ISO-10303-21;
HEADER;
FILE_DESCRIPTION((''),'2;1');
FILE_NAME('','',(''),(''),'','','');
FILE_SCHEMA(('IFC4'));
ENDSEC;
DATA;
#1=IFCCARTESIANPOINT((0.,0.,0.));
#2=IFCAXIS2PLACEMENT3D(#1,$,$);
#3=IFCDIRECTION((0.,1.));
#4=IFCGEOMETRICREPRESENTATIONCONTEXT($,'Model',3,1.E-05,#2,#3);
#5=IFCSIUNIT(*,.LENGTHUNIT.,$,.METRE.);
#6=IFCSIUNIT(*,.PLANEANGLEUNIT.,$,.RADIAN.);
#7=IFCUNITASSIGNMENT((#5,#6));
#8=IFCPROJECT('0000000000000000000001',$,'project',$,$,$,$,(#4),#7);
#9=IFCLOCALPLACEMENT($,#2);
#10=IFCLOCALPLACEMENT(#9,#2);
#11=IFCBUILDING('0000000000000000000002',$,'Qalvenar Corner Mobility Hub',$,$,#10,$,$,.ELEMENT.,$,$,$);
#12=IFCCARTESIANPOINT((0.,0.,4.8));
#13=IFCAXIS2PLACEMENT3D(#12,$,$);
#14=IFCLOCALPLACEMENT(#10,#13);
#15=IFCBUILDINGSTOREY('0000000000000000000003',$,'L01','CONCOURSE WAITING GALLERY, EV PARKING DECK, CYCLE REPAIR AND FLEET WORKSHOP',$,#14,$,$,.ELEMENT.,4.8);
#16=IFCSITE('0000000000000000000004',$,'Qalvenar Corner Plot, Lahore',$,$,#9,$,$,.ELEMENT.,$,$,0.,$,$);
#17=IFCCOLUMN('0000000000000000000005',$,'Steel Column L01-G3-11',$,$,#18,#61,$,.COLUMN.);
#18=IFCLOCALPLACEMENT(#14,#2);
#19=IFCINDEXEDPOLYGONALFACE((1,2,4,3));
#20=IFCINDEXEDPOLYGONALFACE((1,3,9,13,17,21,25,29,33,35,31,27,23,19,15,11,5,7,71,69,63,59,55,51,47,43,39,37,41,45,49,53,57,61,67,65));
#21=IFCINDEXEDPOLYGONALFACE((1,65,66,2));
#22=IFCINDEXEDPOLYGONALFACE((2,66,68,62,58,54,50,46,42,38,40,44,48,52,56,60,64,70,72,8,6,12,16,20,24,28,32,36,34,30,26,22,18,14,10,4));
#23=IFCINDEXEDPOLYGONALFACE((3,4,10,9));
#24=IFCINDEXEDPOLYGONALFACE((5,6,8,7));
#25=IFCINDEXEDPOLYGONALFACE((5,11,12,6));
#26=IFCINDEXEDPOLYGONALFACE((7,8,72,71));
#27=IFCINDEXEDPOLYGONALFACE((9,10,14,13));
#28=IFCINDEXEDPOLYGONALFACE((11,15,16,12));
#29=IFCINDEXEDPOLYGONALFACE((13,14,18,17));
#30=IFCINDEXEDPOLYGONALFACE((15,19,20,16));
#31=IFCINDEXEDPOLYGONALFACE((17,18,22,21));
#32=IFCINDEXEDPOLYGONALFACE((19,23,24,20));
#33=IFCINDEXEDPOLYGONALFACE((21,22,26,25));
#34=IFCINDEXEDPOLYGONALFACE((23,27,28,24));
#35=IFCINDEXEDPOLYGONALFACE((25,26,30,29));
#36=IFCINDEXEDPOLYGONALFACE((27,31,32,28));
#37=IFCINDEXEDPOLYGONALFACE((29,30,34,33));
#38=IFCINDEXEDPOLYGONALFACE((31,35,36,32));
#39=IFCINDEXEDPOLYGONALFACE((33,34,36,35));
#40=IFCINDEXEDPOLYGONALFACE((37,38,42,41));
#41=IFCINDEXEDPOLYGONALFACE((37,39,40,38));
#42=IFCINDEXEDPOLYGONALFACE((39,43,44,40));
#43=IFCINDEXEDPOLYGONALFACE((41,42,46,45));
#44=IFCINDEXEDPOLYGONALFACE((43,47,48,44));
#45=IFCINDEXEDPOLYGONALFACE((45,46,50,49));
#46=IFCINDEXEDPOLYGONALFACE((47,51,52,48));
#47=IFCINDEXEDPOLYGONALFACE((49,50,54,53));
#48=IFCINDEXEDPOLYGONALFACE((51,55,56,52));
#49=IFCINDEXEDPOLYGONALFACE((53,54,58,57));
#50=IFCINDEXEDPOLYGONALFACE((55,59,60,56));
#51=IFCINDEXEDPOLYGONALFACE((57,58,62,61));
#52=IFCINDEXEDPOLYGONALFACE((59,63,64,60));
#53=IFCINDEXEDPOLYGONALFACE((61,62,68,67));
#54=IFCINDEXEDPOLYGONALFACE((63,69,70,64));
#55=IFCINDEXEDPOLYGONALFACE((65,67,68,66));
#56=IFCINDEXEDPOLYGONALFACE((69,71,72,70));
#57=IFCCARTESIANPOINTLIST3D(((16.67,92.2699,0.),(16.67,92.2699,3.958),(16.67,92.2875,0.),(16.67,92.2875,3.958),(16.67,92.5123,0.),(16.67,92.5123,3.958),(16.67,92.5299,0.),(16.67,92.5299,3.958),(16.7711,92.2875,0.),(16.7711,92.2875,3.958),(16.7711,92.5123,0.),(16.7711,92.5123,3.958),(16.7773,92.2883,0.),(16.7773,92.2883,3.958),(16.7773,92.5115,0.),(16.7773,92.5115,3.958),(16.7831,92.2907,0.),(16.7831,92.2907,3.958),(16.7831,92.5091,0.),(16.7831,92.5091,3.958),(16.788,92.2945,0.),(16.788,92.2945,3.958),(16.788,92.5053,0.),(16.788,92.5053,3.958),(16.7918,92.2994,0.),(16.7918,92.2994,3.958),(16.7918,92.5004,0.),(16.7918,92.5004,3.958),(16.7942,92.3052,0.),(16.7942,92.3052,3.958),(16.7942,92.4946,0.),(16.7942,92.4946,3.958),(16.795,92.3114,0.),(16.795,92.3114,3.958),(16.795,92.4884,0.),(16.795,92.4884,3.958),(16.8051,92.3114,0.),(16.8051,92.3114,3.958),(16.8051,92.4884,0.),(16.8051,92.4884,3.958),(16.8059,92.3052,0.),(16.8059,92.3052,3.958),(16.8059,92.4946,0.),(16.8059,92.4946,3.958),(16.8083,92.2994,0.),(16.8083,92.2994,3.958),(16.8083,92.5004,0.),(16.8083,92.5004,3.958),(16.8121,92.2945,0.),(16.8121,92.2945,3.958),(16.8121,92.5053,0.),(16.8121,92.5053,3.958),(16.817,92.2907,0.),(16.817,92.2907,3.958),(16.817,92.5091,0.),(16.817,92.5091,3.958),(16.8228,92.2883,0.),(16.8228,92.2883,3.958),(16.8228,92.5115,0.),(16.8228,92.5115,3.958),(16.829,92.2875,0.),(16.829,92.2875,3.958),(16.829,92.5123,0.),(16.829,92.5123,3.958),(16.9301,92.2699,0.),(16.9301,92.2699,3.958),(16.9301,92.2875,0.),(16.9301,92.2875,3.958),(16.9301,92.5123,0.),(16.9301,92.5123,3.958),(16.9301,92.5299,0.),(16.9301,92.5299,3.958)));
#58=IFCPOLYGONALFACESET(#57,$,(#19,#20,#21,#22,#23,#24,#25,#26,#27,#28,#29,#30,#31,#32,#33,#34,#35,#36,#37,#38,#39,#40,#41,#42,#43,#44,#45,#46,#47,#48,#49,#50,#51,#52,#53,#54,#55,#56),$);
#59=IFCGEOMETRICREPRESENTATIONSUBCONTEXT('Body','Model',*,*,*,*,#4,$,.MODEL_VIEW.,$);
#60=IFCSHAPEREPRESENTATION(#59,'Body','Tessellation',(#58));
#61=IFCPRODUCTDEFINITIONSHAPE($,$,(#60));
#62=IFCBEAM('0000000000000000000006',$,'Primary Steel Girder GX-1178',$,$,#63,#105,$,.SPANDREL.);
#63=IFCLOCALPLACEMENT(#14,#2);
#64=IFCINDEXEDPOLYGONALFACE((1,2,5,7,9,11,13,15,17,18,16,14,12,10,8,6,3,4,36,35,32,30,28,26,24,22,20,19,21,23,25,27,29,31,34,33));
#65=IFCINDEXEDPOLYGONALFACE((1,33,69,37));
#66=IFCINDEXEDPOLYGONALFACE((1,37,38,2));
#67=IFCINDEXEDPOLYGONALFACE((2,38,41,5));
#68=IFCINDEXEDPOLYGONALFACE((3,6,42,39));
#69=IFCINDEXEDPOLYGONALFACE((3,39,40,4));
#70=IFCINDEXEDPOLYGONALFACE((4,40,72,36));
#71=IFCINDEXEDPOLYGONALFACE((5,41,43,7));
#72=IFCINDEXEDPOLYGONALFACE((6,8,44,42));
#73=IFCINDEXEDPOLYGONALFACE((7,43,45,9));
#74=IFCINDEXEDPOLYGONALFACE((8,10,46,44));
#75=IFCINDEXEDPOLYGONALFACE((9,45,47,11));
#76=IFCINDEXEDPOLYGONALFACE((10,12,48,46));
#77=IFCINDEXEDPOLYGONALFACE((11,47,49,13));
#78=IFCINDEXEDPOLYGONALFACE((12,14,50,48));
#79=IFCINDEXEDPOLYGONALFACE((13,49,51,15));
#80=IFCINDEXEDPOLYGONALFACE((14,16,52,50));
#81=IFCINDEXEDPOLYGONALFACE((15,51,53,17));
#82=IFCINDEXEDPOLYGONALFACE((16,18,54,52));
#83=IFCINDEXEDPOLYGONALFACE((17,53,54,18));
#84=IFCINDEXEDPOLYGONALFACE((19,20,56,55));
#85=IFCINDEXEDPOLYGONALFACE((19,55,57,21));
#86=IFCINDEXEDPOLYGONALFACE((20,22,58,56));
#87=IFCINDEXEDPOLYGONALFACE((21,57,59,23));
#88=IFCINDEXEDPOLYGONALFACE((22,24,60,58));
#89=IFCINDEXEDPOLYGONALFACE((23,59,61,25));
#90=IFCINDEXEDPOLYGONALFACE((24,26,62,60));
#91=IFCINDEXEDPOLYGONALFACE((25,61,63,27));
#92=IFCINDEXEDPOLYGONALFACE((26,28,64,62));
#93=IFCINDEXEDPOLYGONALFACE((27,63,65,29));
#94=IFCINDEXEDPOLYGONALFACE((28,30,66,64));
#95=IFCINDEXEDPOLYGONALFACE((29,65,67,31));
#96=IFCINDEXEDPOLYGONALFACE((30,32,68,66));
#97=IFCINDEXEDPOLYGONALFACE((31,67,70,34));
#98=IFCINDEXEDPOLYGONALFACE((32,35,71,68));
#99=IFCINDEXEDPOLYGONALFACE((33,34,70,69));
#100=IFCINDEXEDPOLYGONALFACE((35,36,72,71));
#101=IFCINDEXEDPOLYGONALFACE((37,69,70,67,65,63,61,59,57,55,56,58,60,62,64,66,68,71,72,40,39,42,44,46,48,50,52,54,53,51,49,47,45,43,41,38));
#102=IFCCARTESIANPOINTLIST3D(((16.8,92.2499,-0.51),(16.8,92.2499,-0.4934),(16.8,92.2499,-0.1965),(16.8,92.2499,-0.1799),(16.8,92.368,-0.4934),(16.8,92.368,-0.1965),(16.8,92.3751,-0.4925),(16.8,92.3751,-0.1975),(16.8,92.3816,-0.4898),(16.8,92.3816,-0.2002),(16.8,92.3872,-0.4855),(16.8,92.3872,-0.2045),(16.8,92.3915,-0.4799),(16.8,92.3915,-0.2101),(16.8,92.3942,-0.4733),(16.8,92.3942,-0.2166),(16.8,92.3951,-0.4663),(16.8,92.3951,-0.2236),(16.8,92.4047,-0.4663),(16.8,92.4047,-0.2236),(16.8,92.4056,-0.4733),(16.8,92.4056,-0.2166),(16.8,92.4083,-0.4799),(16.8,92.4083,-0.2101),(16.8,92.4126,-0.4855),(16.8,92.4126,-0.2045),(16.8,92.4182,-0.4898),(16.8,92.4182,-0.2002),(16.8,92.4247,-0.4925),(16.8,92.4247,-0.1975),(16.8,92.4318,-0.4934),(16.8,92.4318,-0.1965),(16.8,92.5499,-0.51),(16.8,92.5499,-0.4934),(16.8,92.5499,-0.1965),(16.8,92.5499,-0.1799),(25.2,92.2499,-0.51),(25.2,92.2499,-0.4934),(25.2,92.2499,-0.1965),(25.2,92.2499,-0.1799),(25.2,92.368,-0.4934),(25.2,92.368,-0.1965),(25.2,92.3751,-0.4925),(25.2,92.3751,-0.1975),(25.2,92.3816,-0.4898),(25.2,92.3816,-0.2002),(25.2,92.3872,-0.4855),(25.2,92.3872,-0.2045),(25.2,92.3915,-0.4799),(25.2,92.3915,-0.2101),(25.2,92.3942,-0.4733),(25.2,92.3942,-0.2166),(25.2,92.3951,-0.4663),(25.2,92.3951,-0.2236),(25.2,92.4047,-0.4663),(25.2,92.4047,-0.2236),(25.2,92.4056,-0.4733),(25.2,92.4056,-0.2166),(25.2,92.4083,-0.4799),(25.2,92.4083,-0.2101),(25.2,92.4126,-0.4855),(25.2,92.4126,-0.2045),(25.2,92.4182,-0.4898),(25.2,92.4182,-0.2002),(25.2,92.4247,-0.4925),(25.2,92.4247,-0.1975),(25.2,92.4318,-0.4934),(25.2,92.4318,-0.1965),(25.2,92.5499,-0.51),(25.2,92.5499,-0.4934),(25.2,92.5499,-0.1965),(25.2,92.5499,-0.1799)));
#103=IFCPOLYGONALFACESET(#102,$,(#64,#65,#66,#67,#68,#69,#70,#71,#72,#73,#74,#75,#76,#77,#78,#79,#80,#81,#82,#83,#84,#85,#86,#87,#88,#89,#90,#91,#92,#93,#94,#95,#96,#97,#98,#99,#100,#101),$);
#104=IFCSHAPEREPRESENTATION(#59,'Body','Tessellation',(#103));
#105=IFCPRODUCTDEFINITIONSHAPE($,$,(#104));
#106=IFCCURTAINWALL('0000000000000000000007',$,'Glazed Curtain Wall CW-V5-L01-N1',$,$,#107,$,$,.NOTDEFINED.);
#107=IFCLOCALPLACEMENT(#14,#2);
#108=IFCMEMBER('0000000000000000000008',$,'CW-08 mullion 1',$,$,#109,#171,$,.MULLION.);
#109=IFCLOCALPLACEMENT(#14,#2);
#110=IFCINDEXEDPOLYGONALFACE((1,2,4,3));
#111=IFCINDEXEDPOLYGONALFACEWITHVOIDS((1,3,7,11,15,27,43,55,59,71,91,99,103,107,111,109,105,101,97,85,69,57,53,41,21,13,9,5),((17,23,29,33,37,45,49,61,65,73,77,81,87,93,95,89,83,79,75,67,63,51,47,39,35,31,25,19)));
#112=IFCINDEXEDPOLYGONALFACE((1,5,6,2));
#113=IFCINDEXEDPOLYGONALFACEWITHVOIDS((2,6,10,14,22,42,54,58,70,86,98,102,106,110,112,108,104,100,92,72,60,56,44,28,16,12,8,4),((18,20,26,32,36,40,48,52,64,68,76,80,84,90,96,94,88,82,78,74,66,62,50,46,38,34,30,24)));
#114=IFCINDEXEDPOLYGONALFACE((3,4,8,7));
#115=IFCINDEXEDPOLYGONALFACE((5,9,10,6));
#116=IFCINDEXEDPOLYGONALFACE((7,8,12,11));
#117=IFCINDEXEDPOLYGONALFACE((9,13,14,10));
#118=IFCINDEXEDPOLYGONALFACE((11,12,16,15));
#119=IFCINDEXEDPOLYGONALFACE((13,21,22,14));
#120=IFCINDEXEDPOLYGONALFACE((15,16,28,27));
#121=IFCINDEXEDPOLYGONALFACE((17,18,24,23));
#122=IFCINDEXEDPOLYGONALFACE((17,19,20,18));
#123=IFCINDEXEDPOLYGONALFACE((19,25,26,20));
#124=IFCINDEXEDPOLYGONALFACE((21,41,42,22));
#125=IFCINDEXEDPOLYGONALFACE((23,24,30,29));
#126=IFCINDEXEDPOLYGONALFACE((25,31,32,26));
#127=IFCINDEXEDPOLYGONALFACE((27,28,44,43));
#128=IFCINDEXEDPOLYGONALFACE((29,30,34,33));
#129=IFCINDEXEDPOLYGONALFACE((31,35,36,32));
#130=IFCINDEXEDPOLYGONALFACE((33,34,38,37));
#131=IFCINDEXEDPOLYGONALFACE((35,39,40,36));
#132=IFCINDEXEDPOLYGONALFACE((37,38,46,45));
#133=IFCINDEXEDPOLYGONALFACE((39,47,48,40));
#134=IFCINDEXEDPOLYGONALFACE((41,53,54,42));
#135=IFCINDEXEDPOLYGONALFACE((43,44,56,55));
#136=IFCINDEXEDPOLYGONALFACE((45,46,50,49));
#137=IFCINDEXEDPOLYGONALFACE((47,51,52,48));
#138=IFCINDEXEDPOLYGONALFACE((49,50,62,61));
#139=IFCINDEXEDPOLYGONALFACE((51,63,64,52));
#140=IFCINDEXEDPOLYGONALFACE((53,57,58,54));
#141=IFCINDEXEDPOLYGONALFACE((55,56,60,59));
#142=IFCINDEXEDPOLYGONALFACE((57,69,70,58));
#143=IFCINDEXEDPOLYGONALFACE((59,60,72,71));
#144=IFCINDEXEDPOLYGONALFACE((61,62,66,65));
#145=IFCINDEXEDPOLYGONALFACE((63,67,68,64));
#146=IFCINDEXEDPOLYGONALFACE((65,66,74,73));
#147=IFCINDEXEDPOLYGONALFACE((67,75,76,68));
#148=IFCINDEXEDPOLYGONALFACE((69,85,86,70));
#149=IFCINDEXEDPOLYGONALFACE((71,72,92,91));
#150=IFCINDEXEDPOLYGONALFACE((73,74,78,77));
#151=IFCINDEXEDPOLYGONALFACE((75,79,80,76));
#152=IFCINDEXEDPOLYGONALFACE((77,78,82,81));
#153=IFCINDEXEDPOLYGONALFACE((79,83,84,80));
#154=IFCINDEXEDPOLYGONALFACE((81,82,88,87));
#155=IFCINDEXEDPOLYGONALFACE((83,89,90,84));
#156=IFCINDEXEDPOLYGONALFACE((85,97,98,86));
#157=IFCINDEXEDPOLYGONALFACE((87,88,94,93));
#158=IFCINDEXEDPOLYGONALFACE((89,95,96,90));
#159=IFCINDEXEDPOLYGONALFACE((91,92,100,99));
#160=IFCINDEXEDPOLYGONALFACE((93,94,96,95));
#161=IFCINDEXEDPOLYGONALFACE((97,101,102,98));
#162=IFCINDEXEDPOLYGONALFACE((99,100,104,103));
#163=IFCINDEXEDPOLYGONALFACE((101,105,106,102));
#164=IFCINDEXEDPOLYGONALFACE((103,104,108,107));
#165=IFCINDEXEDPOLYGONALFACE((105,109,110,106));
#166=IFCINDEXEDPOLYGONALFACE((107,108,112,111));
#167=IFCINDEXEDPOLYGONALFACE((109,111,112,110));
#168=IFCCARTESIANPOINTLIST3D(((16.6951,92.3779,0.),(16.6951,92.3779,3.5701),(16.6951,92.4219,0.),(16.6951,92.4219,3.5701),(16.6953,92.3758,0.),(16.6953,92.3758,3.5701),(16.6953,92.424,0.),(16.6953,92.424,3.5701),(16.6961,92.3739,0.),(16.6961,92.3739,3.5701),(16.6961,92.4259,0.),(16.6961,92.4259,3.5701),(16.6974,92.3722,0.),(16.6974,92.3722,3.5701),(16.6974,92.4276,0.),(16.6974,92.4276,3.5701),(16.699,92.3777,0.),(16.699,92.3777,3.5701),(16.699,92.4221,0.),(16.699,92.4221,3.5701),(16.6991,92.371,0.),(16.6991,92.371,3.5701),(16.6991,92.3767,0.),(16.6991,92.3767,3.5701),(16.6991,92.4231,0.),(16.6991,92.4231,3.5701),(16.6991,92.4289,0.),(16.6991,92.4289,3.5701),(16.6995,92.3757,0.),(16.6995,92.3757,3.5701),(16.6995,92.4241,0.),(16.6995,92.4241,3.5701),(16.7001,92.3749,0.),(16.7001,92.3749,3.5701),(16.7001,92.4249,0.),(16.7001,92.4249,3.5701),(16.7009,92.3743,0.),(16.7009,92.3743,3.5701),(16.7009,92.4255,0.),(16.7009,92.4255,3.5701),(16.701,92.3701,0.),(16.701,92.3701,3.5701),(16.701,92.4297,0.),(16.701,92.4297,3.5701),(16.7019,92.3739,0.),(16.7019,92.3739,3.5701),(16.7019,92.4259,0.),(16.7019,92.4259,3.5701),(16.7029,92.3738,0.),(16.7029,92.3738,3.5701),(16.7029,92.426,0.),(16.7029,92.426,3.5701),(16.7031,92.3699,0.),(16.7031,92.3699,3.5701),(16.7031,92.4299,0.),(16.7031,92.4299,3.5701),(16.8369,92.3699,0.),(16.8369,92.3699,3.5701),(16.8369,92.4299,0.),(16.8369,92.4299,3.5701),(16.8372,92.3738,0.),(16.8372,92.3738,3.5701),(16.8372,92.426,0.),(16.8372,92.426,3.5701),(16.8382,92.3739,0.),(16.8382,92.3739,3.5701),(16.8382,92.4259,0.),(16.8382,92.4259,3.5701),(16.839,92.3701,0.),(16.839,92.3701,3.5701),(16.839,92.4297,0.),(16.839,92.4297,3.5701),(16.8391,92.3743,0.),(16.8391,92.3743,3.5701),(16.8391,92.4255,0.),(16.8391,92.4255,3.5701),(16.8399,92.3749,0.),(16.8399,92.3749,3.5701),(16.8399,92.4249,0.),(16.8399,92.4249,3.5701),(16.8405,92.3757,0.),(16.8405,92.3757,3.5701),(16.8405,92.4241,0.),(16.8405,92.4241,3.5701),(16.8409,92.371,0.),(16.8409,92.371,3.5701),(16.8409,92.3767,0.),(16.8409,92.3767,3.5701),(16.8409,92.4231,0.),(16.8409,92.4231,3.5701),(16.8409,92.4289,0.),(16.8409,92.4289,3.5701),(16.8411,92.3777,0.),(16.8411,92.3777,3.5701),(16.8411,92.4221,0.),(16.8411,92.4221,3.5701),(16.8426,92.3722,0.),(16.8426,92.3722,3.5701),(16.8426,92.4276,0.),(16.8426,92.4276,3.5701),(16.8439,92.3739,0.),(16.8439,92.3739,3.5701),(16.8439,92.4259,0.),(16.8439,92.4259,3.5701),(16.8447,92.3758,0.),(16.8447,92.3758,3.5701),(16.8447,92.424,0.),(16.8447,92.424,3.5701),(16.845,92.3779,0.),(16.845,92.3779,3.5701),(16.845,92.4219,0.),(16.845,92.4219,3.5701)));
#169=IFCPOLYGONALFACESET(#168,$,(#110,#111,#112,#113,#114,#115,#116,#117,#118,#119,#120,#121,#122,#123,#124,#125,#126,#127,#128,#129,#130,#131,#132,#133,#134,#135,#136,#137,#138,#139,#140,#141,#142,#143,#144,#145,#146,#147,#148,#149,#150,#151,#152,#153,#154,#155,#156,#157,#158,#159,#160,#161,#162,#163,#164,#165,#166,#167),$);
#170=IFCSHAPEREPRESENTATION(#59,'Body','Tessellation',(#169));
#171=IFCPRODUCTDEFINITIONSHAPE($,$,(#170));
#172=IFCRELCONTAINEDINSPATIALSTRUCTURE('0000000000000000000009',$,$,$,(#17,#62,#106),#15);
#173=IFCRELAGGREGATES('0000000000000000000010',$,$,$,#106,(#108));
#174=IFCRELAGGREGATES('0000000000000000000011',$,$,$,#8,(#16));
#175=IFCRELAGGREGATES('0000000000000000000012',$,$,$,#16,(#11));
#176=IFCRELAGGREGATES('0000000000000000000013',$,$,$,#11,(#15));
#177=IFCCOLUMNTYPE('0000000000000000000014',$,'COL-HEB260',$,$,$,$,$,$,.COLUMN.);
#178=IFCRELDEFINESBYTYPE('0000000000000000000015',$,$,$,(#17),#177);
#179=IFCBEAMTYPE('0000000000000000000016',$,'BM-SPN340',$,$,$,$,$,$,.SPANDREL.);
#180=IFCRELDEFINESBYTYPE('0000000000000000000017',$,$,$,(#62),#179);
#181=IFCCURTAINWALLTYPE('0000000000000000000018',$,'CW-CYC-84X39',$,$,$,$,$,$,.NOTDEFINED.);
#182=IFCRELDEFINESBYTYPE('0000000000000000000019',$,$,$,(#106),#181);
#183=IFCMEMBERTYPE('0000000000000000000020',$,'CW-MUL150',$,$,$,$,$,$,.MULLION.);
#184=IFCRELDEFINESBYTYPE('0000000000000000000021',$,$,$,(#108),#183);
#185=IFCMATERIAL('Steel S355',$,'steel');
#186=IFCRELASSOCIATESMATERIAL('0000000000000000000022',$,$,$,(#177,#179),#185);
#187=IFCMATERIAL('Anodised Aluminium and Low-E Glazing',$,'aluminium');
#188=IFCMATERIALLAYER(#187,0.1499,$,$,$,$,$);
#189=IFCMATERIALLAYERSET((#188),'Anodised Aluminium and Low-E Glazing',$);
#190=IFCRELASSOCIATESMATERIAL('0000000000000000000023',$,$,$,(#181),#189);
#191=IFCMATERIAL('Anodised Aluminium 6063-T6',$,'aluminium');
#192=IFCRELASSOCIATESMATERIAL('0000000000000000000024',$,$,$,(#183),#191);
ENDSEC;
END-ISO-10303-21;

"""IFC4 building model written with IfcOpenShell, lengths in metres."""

from ifc_helpers import new_model, si_unit, direction, frame, origin, origin_2d, place, context, subcontext, project, spatial, hollow_rectangle, i_section, extrude, material, layer, layer_set, material_profile, profile_set, type_object, element, aggregate, save


model = new_model("IFC4")

# Units and contexts
model_context = context("Model", 3, precision=1e-05, world=origin(), true_north=direction((0.0, 1.0)))
body_context = subcontext(model_context, "Body", "Model", "MODEL_VIEW")
ifc_project = project(units=[si_unit("LENGTHUNIT", "METRE"), si_unit("PLANEANGLEUNIT", "RADIAN")], contexts=[model_context])

# Site, building, storey
site_placement = place(None, origin())
site = spatial("IfcSite", under=ifc_project, at=site_placement, Name="Qalvenar Corner Plot, Lahore", CompositionType="ELEMENT", RefElevation=0.0)
building_placement = place(site_placement, origin())
building = spatial("IfcBuilding", under=site, at=building_placement, Name="Qalvenar Corner Mobility Hub", CompositionType="ELEMENT")
storey_placement = place(building_placement, frame((0.0, 0.0, 4.8)))
storey = spatial("IfcBuildingStorey", under=building, at=storey_placement, Name="L01", Description="CONCOURSE WAITING GALLERY, EV PARKING DECK, CYCLE REPAIR AND FLEET WORKSHOP", CompositionType="ELEMENT", Elevation=4.8)

# Column
ifc_material_1 = material(Name="Steel S355", Category="steel")
ifc_material_profile_1 = material_profile(ifc_material_1, i_section(OverallWidth=0.26, OverallDepth=0.26, WebThickness=0.01, FlangeThickness=0.0176, FilletRadius=0.0239, at=origin_2d()), Name="HEB260")
ifc_profile_set_1 = profile_set([ifc_material_profile_1], Name="Steel S355")
column_type = type_object("IfcColumnType", Name="COL-HEB260", PredefinedType="COLUMN", material=ifc_profile_set_1)
column_placement = place(storey_placement, frame((16.8, 92.3999, 0.0), z_axis=(0.0, 0.0, 1.0), x_axis=(1.0, 0.0, 0.0)))
element("IfcColumn", 1, at=column_placement, inside=storey, type_object=column_type, Name="Steel Column L01-G3-11", PredefinedType="COLUMN", context=body_context, shape_type="SweptSolid", body=[
    extrude(i_section(OverallWidth=0.26, OverallDepth=0.26, WebThickness=0.01, FlangeThickness=0.0176, FilletRadius=0.0239, at=origin_2d()), origin(), (0.0, 0.0, 1.0), 3.958),
])

# Beam
ifc_material_profile_2 = material_profile(ifc_material_1, i_section(OverallWidth=0.3, OverallDepth=0.3301, WebThickness=0.0095, FlangeThickness=0.0166, FilletRadius=0.0271, at=origin_2d()), Name="HEA340")
ifc_profile_set_2 = profile_set([ifc_material_profile_2], Name="Steel S355")
beam_type = type_object("IfcBeamType", Name="BM-SPN340", PredefinedType="SPANDREL", material=ifc_profile_set_2)
beam_placement = place(storey_placement, frame((16.8, 92.3999, -0.345), z_axis=(1.0, 0.0, 0.0), x_axis=(0.0, 1.0, 0.0)))
element("IfcBeam", 2, at=beam_placement, inside=storey, type_object=beam_type, Name="Primary Steel Girder GX-1178", PredefinedType="SPANDREL", context=body_context, shape_type="SweptSolid", body=[
    extrude(i_section(OverallWidth=0.3, OverallDepth=0.3301, WebThickness=0.0095, FlangeThickness=0.0166, FilletRadius=0.0271, at=origin_2d()), origin(), (0.0, 0.0, 1.0), 8.3999),
])

# Curtain wall, member
ifc_material_2 = material(Name="Anodised Aluminium and Low-E Glazing", Category="aluminium")
ifc_layer_1 = layer(ifc_material_2, 0.1499)
ifc_layer_set_1 = layer_set([ifc_layer_1], Name="Anodised Aluminium and Low-E Glazing")
curtain_wall_type = type_object("IfcCurtainWallType", Name="CW-CYC-84X39", PredefinedType="NOTDEFINED", material=ifc_layer_set_1)
curtain_wall_1_placement = place(storey_placement, origin())
curtain_wall_1 = element("IfcCurtainWall", 3, at=curtain_wall_1_placement, inside=storey, type_object=curtain_wall_type, Name="Glazed Curtain Wall CW-V5-L01-N1", PredefinedType="NOTDEFINED")
ifc_material_3 = material(Name="Anodised Aluminium 6063-T6", Category="aluminium")
ifc_material_profile_3 = material_profile(ifc_material_3, hollow_rectangle(XDim=0.0601, YDim=0.1499, WallThickness=0.0039, InnerFilletRadius=0.0039, OuterFilletRadius=0.0081, at=origin_2d()), Name="RHS150x60x4")
ifc_profile_set_3 = profile_set([ifc_material_profile_3], Name="Anodised Aluminium 6063-T6")
member_type_1 = type_object("IfcMemberType", Name="CW-MUL150", PredefinedType="MULLION", material=ifc_profile_set_3)
member_1_placement = place(storey_placement, frame((16.77, 92.3999, 0.0), z_axis=(0.0, 0.0, 1.0), x_axis=(0.0, -1.0, 0.0)))
member_1 = element("IfcMember", 4, at=member_1_placement, type_object=member_type_1, Name="CW-08 mullion 1", PredefinedType="MULLION", context=body_context, shape_type="SweptSolid", body=[
    extrude(hollow_rectangle(XDim=0.0601, YDim=0.1499, WallThickness=0.0039, InnerFilletRadius=0.0039, OuterFilletRadius=0.0081, at=origin_2d()), origin(), (0.0, 0.0, 1.0), 3.5701),
])

aggregate(curtain_wall_1, [member_1])

save(model, "model.ifc")
